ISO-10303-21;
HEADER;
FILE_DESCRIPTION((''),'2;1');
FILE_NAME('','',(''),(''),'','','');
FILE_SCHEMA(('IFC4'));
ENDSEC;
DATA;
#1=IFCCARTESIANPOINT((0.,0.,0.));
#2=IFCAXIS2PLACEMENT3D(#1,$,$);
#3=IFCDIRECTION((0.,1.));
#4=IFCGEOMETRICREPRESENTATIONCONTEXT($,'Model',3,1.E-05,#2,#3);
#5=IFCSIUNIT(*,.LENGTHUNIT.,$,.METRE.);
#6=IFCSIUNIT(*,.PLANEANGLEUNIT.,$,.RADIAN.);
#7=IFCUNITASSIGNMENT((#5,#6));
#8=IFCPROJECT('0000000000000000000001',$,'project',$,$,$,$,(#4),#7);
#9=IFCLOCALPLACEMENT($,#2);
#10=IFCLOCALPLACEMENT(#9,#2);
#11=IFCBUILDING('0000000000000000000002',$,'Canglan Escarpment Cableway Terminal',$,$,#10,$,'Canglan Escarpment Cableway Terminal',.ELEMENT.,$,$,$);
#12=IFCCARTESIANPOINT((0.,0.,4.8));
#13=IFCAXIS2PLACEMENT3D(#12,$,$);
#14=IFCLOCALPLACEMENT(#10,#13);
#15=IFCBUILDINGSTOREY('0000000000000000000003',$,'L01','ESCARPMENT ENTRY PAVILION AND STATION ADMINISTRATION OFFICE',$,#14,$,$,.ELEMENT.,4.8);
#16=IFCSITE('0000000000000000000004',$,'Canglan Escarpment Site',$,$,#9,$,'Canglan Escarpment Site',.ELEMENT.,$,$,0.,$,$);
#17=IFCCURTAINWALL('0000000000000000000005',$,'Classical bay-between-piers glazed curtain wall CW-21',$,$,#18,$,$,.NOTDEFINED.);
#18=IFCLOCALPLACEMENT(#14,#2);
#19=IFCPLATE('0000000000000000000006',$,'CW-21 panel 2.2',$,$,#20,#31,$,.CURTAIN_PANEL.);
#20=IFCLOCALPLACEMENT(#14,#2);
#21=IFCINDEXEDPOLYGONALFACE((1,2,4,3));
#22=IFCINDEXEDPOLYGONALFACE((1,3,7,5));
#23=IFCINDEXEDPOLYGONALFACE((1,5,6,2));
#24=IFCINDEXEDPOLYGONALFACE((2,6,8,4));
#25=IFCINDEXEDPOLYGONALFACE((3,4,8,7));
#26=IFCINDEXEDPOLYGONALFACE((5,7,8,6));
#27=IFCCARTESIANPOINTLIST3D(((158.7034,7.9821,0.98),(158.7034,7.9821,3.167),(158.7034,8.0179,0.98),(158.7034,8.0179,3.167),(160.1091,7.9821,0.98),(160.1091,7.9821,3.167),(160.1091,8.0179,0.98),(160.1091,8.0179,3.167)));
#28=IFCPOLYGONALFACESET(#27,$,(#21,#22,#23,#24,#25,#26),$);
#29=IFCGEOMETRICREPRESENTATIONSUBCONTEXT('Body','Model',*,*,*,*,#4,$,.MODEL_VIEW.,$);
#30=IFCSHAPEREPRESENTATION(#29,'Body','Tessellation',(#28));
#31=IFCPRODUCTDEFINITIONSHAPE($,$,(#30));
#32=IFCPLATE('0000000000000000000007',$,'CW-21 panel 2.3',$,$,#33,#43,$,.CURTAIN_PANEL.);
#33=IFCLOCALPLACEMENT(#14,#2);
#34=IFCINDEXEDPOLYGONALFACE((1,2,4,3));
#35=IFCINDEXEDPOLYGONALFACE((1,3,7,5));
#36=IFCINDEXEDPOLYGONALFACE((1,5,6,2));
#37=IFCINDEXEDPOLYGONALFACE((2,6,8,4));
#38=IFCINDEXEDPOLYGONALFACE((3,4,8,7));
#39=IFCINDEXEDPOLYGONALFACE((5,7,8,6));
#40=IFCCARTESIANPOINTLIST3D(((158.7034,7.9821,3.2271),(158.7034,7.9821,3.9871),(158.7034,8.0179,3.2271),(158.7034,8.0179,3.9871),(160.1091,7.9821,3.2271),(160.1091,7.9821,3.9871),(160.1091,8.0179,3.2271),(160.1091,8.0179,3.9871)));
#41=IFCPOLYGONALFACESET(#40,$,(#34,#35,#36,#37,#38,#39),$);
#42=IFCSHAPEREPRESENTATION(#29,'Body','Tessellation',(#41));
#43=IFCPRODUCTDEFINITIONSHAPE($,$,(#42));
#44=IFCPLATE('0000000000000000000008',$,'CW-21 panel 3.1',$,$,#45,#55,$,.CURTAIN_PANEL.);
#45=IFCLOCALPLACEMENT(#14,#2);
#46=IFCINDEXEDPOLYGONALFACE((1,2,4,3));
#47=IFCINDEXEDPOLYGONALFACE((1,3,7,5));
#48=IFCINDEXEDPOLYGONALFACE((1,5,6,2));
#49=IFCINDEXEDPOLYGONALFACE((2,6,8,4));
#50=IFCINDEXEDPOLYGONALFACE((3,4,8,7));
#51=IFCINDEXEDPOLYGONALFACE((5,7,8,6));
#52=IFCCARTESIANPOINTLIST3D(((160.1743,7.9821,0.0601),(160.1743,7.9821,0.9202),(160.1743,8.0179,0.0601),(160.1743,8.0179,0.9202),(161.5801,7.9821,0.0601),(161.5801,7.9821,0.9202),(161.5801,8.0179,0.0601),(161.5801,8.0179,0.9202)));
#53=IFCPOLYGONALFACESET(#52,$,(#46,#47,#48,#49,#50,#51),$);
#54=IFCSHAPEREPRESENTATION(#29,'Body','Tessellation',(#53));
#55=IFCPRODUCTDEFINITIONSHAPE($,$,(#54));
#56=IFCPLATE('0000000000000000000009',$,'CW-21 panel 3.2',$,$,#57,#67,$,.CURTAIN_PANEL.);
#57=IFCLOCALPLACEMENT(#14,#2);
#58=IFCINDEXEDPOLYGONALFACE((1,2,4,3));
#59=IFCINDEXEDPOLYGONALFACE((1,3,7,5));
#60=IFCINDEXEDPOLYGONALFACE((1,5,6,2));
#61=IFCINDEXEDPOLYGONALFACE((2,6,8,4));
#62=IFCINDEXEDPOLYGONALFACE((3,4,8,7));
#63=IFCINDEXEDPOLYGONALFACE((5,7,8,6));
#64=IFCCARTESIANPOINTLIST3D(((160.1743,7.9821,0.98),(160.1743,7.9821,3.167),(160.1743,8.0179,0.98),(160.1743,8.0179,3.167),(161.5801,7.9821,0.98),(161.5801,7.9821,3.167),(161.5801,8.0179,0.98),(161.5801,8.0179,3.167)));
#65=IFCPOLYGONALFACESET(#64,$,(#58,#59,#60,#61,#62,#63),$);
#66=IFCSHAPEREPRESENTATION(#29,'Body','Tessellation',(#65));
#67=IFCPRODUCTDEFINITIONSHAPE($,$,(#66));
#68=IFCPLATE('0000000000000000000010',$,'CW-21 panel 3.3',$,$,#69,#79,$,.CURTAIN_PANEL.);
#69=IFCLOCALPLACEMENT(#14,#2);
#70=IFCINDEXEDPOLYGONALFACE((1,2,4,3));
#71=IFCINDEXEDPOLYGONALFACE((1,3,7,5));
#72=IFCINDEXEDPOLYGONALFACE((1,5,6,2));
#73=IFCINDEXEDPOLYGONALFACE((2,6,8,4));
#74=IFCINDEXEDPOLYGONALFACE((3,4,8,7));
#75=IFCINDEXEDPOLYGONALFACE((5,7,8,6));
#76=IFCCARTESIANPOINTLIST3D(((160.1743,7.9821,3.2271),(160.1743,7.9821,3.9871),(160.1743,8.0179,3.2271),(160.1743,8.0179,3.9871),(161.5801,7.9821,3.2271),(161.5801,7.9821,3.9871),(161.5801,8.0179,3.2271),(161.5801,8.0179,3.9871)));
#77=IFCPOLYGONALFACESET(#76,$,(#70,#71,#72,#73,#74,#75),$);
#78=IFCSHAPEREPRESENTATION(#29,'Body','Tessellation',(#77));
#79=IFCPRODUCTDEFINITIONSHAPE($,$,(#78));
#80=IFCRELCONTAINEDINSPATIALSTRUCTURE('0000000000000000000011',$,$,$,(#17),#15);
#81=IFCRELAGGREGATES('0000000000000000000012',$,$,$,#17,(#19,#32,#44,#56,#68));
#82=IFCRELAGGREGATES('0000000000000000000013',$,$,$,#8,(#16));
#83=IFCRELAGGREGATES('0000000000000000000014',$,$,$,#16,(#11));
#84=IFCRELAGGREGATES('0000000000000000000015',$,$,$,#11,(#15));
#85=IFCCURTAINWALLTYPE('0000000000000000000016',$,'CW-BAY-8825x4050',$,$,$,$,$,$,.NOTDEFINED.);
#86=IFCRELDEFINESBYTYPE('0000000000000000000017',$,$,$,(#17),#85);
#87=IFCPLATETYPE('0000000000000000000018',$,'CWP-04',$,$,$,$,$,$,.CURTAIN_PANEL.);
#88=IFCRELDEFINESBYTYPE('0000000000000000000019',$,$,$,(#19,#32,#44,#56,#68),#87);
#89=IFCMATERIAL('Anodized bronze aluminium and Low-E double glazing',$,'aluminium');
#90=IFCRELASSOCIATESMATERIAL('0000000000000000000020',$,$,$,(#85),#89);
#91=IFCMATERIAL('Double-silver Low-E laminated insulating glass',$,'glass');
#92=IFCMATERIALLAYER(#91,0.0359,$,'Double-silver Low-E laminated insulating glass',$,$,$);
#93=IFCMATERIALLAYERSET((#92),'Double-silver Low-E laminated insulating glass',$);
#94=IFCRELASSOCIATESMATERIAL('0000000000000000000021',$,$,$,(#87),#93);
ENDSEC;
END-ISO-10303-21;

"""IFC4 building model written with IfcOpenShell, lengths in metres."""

from ifc_helpers import new_model, si_unit, direction, frame, origin, origin_2d, place, context, subcontext, project, spatial, rectangle, extrude, material, layer, layer_set, type_object, element, aggregate, save


model = new_model("IFC4")

# Units and contexts
model_context = context("Model", 3, precision=1e-05, world=origin(), true_north=direction((0.0, 1.0)))
body_context = subcontext(model_context, "Body", "Model", "MODEL_VIEW")
ifc_project = project(units=[si_unit("LENGTHUNIT", "METRE"), si_unit("PLANEANGLEUNIT", "RADIAN")], contexts=[model_context])

# Site, building, storey
site_placement = place(None, origin())
site = spatial("IfcSite", under=ifc_project, at=site_placement, Name="Canglan Escarpment Site", LongName="Canglan Escarpment Site", CompositionType="ELEMENT", RefElevation=0.0)
building_placement = place(site_placement, origin())
building = spatial("IfcBuilding", under=site, at=building_placement, Name="Canglan Escarpment Cableway Terminal", LongName="Canglan Escarpment Cableway Terminal", CompositionType="ELEMENT")
storey_placement = place(building_placement, frame((0.0, 0.0, 4.8)))
storey = spatial("IfcBuildingStorey", under=building, at=storey_placement, Name="L01", Description="ESCARPMENT ENTRY PAVILION AND STATION ADMINISTRATION OFFICE", CompositionType="ELEMENT", Elevation=4.8)

# Curtain wall, plates
ifc_material_1 = material(Name="Anodized bronze aluminium and Low-E double glazing", Category="aluminium")
curtain_wall_type = type_object("IfcCurtainWallType", Name="CW-BAY-8825x4050", PredefinedType="NOTDEFINED", material=ifc_material_1)
curtain_wall_placement = place(storey_placement, origin())
curtain_wall = element("IfcCurtainWall", 1, at=curtain_wall_placement, inside=storey, type_object=curtain_wall_type, Name="Classical bay-between-piers glazed curtain wall CW-21", PredefinedType="NOTDEFINED")
ifc_material_2 = material(Name="Double-silver Low-E laminated insulating glass", Category="glass")
ifc_layer = layer(ifc_material_2, 0.0359, Name="Double-silver Low-E laminated insulating glass")
ifc_layer_set = layer_set([ifc_layer], Name="Double-silver Low-E laminated insulating glass")
plate_type = type_object("IfcPlateType", Name="CWP-04", PredefinedType="CURTAIN_PANEL", material=ifc_layer_set)
plate_1_placement = place(storey_placement, frame((159.4062, 8.0, 0.98), z_axis=(0.0, 0.0, 1.0), x_axis=(1.0, 0.0, 0.0)))
plate_1 = element("IfcPlate", 2, at=plate_1_placement, type_object=plate_type, Name="CW-21 panel 2.2", PredefinedType="CURTAIN_PANEL", context=body_context, shape_type="SweptSolid", body=[
    extrude(rectangle(XDim=1.4058, YDim=0.0359, at=origin_2d()), origin(), (0.0, 0.0, 1.0), 2.187),
])
plate_2_placement = place(storey_placement, frame((159.4062, 8.0, 3.2271), z_axis=(0.0, 0.0, 1.0), x_axis=(1.0, 0.0, 0.0)))
plate_2 = element("IfcPlate", 3, at=plate_2_placement, type_object=plate_type, Name="CW-21 panel 2.3", PredefinedType="CURTAIN_PANEL", context=body_context, shape_type="SweptSolid", body=[
    extrude(rectangle(XDim=1.4058, YDim=0.0359, at=origin_2d()), origin(), (0.0, 0.0, 1.0), 0.76),
])
plate_3_placement = place(storey_placement, frame((160.8772, 8.0, 0.0601), z_axis=(0.0, 0.0, 1.0), x_axis=(1.0, 0.0, 0.0)))
plate_3 = element("IfcPlate", 4, at=plate_3_placement, type_object=plate_type, Name="CW-21 panel 3.1", PredefinedType="CURTAIN_PANEL", context=body_context, shape_type="SweptSolid", body=[
    extrude(rectangle(XDim=1.4058, YDim=0.0359, at=origin_2d()), origin(), (0.0, 0.0, 1.0), 0.8601),
])
plate_4_placement = place(storey_placement, frame((160.8772, 8.0, 0.98), z_axis=(0.0, 0.0, 1.0), x_axis=(1.0, 0.0, 0.0)))
plate_4 = element("IfcPlate", 5, at=plate_4_placement, type_object=plate_type, Name="CW-21 panel 3.2", PredefinedType="CURTAIN_PANEL", context=body_context, shape_type="SweptSolid", body=[
    extrude(rectangle(XDim=1.4058, YDim=0.0359, at=origin_2d()), origin(), (0.0, 0.0, 1.0), 2.187),
])
plate_5_placement = place(storey_placement, frame((160.8772, 8.0, 3.2271), z_axis=(0.0, 0.0, 1.0), x_axis=(1.0, 0.0, 0.0)))
plate_5 = element("IfcPlate", 6, at=plate_5_placement, type_object=plate_type, Name="CW-21 panel 3.3", PredefinedType="CURTAIN_PANEL", context=body_context, shape_type="SweptSolid", body=[
    extrude(rectangle(XDim=1.4058, YDim=0.0359, at=origin_2d()), origin(), (0.0, 0.0, 1.0), 0.76),
])
aggregate(curtain_wall, [plate_1, plate_2, plate_3, plate_4, plate_5])

save(model, "model.ifc")
